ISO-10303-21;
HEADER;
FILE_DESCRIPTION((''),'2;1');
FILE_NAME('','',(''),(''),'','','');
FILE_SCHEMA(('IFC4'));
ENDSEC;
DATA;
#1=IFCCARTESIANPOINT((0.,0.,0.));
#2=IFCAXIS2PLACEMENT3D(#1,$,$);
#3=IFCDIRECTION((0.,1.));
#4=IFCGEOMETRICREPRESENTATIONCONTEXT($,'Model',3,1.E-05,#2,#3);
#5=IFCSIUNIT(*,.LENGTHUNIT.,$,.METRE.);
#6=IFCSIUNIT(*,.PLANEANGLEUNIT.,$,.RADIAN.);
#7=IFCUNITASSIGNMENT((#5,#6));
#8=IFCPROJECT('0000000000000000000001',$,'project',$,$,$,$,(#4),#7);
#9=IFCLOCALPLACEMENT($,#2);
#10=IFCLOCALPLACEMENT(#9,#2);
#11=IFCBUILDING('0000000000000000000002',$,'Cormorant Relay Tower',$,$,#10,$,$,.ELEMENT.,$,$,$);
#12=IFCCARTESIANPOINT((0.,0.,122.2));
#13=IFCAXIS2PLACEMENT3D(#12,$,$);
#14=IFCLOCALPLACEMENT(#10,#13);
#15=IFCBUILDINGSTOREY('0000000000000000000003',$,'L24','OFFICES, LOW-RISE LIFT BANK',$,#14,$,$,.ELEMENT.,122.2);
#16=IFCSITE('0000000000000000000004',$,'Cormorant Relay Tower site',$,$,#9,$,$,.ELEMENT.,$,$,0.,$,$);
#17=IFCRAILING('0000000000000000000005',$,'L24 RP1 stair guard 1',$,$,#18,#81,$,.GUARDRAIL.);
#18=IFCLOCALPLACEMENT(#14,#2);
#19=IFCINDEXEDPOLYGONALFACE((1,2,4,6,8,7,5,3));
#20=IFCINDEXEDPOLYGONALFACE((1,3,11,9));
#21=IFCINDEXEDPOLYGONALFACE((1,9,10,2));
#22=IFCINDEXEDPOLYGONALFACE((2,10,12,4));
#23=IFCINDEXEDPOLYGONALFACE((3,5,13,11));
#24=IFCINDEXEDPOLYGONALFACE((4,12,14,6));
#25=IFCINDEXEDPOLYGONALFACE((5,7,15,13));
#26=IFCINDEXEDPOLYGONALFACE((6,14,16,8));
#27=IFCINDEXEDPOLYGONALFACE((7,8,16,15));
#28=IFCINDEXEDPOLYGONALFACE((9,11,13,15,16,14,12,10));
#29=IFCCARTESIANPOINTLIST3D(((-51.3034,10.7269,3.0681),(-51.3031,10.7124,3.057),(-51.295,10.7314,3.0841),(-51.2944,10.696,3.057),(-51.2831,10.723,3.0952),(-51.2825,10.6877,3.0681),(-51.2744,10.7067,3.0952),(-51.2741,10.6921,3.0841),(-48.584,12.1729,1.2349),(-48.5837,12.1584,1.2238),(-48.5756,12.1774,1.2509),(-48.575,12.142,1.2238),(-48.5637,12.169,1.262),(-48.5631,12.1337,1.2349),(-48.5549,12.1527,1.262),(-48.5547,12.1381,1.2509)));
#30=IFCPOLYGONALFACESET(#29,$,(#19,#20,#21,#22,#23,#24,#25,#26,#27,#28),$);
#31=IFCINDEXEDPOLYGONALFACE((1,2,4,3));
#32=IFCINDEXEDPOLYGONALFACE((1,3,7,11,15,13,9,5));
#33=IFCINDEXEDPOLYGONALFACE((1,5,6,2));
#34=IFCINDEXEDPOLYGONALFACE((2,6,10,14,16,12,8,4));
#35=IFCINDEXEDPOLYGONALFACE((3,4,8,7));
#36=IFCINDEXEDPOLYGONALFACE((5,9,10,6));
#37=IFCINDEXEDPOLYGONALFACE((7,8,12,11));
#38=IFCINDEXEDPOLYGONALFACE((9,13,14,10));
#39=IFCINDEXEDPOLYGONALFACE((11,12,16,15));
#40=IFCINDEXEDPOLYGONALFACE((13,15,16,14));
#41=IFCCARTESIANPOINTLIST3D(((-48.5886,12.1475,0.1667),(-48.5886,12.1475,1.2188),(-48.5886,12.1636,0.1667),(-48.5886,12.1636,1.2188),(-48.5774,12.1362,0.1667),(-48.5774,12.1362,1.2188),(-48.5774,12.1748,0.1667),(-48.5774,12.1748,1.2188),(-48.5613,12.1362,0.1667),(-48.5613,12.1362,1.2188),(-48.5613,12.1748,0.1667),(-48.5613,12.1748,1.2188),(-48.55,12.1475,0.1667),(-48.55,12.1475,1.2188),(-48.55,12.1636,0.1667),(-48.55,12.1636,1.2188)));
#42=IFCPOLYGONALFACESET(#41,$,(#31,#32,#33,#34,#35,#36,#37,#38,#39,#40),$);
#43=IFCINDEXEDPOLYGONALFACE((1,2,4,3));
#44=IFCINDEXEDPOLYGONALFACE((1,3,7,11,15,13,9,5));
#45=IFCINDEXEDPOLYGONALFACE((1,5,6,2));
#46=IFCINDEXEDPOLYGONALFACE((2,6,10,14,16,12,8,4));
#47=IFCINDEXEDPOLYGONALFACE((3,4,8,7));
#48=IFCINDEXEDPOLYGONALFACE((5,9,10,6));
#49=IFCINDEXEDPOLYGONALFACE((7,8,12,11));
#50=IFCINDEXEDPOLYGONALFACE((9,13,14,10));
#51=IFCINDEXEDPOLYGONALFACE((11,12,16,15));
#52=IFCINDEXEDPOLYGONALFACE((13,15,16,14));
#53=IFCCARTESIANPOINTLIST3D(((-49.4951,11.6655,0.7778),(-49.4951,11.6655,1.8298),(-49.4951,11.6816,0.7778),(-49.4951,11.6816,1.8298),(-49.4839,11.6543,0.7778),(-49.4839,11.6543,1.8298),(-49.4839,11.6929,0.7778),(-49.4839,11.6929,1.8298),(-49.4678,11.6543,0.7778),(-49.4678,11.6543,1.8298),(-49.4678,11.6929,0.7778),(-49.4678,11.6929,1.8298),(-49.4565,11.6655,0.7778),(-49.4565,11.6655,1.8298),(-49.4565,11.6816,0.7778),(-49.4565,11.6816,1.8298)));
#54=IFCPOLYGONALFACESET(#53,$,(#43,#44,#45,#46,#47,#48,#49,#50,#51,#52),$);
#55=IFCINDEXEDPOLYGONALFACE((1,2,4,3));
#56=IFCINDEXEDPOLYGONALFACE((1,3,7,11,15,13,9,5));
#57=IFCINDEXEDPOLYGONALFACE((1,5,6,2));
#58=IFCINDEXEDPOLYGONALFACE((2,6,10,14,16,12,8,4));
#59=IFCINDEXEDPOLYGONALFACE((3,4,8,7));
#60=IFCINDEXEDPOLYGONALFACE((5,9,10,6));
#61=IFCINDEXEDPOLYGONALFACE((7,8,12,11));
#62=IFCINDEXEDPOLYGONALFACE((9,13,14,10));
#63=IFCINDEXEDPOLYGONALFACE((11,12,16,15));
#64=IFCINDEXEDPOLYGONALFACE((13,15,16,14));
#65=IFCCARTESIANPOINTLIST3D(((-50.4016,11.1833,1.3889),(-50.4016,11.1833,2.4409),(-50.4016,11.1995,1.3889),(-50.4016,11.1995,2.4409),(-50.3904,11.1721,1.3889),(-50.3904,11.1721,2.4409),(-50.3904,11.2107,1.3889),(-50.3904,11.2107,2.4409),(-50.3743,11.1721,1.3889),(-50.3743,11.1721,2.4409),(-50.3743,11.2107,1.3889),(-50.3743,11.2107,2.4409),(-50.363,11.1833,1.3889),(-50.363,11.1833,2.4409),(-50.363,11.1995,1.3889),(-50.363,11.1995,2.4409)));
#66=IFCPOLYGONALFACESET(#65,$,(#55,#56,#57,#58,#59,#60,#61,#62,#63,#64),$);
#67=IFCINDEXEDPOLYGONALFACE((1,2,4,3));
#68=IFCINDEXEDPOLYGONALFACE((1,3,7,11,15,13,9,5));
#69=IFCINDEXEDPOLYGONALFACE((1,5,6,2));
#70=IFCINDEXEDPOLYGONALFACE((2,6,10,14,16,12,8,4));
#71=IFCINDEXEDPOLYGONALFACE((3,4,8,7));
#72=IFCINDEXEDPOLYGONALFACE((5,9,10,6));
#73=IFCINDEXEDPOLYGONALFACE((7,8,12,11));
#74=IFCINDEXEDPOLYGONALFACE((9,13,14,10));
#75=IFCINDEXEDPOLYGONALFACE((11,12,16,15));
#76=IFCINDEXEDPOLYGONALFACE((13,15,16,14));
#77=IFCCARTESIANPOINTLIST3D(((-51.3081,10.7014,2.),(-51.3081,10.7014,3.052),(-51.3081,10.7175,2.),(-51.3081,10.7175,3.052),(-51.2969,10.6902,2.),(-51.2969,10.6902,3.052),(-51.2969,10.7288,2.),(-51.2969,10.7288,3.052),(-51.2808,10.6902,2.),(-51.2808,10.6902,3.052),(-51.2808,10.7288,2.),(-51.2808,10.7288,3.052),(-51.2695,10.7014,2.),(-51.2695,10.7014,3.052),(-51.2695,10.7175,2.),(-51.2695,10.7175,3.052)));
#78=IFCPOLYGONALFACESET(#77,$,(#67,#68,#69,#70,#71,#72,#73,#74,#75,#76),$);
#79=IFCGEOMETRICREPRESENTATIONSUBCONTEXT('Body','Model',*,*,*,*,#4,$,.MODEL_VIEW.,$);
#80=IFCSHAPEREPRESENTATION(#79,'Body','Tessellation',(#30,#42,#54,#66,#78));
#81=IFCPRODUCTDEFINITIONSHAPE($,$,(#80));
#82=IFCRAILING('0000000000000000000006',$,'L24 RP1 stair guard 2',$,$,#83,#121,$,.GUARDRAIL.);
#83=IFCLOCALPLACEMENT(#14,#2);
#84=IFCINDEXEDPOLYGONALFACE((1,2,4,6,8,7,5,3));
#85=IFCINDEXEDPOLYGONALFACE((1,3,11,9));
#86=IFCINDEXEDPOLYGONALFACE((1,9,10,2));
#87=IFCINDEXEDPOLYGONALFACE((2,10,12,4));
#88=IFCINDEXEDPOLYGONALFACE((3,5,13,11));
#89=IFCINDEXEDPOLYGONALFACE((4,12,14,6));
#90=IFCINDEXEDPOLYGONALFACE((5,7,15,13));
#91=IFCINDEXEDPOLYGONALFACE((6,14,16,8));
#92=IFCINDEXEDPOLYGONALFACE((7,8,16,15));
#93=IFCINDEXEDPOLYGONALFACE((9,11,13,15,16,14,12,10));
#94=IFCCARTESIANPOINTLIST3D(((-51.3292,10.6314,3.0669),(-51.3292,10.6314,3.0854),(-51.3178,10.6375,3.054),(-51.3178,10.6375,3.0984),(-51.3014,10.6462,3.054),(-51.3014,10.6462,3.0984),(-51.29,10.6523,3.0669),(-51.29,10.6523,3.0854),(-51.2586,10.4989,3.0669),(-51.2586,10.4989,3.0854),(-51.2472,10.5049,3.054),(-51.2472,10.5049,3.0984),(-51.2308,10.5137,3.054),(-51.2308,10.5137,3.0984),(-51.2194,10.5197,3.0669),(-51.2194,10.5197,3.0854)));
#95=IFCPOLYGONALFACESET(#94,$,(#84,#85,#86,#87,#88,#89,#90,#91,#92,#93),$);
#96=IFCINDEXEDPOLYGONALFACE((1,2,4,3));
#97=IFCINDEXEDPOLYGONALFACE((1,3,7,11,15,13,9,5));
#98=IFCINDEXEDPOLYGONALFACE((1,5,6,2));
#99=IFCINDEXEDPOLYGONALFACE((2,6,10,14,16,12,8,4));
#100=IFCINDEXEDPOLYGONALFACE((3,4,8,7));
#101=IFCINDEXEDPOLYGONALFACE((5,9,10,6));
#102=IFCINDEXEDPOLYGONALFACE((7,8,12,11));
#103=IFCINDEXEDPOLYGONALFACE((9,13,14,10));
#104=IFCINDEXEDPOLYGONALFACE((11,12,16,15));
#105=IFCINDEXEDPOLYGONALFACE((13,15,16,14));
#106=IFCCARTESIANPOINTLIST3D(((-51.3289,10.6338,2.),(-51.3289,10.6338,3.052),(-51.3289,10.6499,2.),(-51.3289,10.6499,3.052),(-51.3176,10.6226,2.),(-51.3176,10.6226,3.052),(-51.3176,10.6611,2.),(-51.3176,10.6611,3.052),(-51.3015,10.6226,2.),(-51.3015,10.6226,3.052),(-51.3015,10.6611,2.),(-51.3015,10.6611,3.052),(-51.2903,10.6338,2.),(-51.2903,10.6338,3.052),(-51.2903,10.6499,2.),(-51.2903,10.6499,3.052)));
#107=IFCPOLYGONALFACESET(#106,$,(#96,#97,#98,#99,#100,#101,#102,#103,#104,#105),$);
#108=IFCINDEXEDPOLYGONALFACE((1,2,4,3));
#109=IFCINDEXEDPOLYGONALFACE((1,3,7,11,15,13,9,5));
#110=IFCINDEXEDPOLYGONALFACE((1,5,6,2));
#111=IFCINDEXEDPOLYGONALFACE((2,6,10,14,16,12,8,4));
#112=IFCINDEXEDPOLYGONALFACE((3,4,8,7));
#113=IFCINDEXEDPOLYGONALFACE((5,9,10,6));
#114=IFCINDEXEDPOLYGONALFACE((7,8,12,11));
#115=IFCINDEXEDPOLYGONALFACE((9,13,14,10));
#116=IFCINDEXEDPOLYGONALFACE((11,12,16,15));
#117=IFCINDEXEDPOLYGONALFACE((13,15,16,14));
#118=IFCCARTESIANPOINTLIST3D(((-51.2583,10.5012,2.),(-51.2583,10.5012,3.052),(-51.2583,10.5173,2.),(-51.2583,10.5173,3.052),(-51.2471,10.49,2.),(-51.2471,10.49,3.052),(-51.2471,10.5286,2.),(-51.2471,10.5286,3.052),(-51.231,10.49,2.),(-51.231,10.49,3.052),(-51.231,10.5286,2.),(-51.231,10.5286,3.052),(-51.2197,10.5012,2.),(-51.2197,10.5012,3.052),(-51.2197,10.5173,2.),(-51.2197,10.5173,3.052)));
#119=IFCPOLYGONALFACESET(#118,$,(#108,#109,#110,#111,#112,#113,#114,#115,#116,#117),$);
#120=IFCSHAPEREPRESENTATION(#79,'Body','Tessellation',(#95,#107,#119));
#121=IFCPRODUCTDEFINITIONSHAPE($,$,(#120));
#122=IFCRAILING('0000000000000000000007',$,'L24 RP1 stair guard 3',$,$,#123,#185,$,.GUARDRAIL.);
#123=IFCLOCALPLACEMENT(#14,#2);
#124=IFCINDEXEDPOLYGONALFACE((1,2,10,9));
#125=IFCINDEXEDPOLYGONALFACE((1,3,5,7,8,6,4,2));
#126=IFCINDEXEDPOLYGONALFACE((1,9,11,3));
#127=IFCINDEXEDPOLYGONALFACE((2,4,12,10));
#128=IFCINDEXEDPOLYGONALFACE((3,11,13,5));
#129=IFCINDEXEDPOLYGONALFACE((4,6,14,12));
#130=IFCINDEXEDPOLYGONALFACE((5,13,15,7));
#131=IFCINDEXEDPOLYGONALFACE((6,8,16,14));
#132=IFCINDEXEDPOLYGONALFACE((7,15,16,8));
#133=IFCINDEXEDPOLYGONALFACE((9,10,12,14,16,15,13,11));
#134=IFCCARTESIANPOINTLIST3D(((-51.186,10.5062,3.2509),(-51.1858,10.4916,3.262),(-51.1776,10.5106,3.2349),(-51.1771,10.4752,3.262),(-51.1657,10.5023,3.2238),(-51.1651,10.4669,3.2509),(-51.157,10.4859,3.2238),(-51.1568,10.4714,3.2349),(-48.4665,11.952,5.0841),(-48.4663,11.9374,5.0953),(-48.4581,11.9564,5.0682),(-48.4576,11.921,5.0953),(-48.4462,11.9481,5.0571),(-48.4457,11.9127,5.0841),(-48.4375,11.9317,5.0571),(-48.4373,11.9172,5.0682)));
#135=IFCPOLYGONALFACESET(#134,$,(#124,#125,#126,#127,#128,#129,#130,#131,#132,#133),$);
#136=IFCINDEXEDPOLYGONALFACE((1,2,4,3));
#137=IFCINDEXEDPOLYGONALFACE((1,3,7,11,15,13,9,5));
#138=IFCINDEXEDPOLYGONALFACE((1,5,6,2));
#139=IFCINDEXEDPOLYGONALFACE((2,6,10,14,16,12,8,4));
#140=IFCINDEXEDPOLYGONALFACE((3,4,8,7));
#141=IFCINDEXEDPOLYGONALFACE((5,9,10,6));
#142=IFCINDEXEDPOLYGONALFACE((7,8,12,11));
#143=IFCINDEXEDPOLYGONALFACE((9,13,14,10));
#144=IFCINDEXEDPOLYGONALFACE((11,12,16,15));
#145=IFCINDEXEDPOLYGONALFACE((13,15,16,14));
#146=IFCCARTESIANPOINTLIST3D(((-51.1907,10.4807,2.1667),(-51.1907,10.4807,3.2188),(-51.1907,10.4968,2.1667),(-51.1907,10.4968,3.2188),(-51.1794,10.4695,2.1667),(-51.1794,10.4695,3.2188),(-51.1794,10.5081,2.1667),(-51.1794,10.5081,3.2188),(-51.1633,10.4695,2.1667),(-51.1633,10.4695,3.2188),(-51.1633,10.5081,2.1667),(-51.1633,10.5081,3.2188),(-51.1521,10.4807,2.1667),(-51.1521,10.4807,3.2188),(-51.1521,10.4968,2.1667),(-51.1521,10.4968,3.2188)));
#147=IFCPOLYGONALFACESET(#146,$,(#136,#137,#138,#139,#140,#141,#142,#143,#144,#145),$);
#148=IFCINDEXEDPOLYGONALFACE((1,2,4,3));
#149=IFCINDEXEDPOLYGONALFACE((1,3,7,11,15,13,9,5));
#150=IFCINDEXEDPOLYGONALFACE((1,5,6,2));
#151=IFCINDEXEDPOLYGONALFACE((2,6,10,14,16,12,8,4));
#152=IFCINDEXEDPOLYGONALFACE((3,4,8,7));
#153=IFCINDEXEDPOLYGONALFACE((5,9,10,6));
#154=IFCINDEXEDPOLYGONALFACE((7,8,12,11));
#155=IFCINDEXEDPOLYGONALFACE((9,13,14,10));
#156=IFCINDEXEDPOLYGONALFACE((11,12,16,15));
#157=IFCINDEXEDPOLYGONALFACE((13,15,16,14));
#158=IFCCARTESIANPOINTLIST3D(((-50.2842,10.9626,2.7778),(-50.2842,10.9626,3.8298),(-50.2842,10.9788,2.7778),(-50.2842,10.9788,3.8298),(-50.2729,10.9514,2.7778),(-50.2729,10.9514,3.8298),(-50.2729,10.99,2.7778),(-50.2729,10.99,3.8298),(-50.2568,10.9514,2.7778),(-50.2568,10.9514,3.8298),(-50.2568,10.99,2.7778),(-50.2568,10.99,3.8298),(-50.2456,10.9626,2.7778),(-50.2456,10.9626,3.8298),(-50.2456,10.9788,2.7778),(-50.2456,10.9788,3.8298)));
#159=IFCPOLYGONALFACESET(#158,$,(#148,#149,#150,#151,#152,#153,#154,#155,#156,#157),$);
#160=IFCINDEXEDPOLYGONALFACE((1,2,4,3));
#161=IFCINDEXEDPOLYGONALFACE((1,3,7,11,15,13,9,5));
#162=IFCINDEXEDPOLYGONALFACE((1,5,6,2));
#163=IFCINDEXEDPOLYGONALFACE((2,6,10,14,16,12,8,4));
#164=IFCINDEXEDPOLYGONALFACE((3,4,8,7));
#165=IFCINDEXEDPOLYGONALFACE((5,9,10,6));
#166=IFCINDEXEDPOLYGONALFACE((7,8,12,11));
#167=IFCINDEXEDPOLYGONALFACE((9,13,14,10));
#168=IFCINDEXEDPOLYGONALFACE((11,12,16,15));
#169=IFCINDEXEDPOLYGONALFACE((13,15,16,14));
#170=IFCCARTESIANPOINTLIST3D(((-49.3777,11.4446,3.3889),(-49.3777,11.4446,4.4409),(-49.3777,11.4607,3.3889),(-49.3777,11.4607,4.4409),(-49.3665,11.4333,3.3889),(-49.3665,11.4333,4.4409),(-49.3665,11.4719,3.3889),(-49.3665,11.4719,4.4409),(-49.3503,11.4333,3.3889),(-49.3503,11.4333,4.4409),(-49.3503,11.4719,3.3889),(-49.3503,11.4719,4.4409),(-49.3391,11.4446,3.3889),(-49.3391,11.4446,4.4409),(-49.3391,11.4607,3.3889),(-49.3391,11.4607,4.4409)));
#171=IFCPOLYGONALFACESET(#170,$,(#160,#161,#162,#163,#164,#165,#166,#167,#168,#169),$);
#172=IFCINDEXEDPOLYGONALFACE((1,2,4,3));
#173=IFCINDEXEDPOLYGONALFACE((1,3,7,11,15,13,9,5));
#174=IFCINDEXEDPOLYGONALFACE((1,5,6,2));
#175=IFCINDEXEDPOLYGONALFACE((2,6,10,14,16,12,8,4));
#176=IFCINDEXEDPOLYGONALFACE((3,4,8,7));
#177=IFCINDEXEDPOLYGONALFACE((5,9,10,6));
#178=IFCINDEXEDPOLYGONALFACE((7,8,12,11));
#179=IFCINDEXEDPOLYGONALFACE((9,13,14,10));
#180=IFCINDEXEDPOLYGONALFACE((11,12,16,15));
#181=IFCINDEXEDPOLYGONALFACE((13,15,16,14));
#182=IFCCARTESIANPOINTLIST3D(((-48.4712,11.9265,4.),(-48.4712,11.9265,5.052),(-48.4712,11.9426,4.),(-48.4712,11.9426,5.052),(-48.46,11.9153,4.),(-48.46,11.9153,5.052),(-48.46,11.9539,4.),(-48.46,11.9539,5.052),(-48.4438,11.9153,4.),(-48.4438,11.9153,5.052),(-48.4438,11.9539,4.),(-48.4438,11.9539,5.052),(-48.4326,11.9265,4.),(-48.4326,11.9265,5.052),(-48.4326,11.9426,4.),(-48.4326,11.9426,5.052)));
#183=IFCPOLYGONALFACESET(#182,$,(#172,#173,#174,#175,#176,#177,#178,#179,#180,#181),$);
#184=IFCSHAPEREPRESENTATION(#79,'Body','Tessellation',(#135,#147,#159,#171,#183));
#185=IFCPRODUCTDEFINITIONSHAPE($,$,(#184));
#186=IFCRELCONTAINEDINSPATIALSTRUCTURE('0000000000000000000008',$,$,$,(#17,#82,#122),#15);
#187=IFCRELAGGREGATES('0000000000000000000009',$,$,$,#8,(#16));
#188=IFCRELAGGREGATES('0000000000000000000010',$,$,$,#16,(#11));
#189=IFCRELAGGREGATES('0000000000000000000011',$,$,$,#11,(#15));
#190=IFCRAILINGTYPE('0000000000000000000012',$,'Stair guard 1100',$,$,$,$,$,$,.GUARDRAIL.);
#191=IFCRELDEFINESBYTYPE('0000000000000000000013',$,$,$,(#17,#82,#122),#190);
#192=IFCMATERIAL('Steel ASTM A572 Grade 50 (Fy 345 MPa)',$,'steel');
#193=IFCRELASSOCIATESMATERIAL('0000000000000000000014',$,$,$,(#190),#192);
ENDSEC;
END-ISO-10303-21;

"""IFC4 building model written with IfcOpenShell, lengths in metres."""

from ifc_helpers import new_model, si_unit, direction, frame, origin, place, context, subcontext, project, spatial, polyline, outline, extrude, material, type_object, element, save


model = new_model("IFC4")

# Units and contexts
model_context = context("Model", 3, precision=1e-05, world=origin(), true_north=direction((0.0, 1.0)))
body_context = subcontext(model_context, "Body", "Model", "MODEL_VIEW")
ifc_project = project(units=[si_unit("LENGTHUNIT", "METRE"), si_unit("PLANEANGLEUNIT", "RADIAN")], contexts=[model_context])

# Site, building, storey
site_placement = place(None, origin())
site = spatial("IfcSite", under=ifc_project, at=site_placement, Name="Cormorant Relay Tower site", CompositionType="ELEMENT", RefElevation=0.0)
building_placement = place(site_placement, origin())
building = spatial("IfcBuilding", under=site, at=building_placement, Name="Cormorant Relay Tower", CompositionType="ELEMENT")
storey_placement = place(building_placement, frame((0.0, 0.0, 122.2)))
storey = spatial("IfcBuildingStorey", under=building, at=storey_placement, Name="L24", Description="OFFICES, LOW-RISE LIFT BANK", CompositionType="ELEMENT", Elevation=122.2)

# Railings
ifc_material_1 = material(Name="Steel ASTM A572 Grade 50 (Fy 345 MPa)", Category="steel")
railing_type_1 = type_object("IfcRailingType", Name="Stair guard 1100", PredefinedType="GUARDRAIL", material=ifc_material_1)
railing_1_placement = place(storey_placement, frame((-48.5693, 12.1555, 0.1667)))
element("IfcRailing", 1, at=railing_1_placement, inside=storey, type_object=railing_type_1, Name="L24 RP1 stair guard 1", PredefinedType="GUARDRAIL", context=body_context, shape_type="SweptSolid", body=[
    extrude(outline(polyline([(0.0222, 0.0093), (0.0093, 0.0222), (-0.0093, 0.0222), (-0.0222, 0.0093), (-0.0222, -0.0093), (-0.0093, -0.0222), (0.0093, -0.0222), (0.0222, -0.0093), (0.0222, 0.0093)])), frame((0.0, 0.0, 1.0762), z_axis=(-0.758714, -0.403435, 0.511463), x_axis=(0.469489, -0.882938, 0.0)), (0.0, 0.0, 1.0), 3.5842),
    extrude(outline(polyline([(0.0193, 0.0081), (0.0081, 0.0193), (-0.0081, 0.0193), (-0.0193, 0.0081), (-0.0193, -0.0081), (-0.0081, -0.0193), (0.0081, -0.0193), (0.0193, -0.0081), (0.0193, 0.0081)])), origin(), (0.0, 0.0, 1.0), 1.052),
    extrude(outline(polyline([(0.0193, 0.0081), (0.0081, 0.0193), (-0.0081, 0.0193), (-0.0193, 0.0081), (-0.0193, -0.0081), (-0.0081, -0.0193), (0.0081, -0.0193), (0.0193, -0.0081), (0.0193, 0.0081)])), frame((-0.9065, -0.4819, 0.6111)), (0.0, 0.0, 1.0), 1.052),
    extrude(outline(polyline([(0.0193, 0.0081), (0.0081, 0.0193), (-0.0081, 0.0193), (-0.0193, 0.0081), (-0.0193, -0.0081), (-0.0081, -0.0193), (0.0081, -0.0193), (0.0193, -0.0081), (0.0193, 0.0081)])), frame((-1.813, -0.9641, 1.2222)), (0.0, 0.0, 1.0), 1.052),
    extrude(outline(polyline([(0.0193, 0.0081), (0.0081, 0.0193), (-0.0081, 0.0193), (-0.0193, 0.0081), (-0.0193, -0.0081), (-0.0081, -0.0193), (0.0081, -0.0193), (0.0193, -0.0081), (0.0193, 0.0081)])), frame((-2.7195, -1.446, 1.8333)), (0.0, 0.0, 1.0), 1.052),
])
railing_2_placement = place(storey_placement, frame((-51.3096, 10.6418, 2.0)))
element("IfcRailing", 2, at=railing_2_placement, inside=storey, type_object=railing_type_1, Name="L24 RP1 stair guard 2", PredefinedType="GUARDRAIL", context=body_context, shape_type="SweptSolid", body=[
    extrude(outline(polyline([(0.0222, 0.0093), (0.0093, 0.0222), (-0.0093, 0.0222), (-0.0222, 0.0093), (-0.0222, -0.0093), (-0.0093, -0.0222), (0.0093, -0.0222), (0.0222, -0.0093), (0.0222, 0.0093)])), frame((0.0, 0.0, 1.0762), z_axis=(0.469829, -0.882758, 0.0), x_axis=(0.882758, 0.469829, 0.0)), (0.0, 0.0, 1.0), 0.1501),
    extrude(outline(polyline([(0.0193, 0.0081), (0.0081, 0.0193), (-0.0081, 0.0193), (-0.0193, 0.0081), (-0.0193, -0.0081), (-0.0081, -0.0193), (0.0081, -0.0193), (0.0193, -0.0081), (0.0193, 0.0081)])), origin(), (0.0, 0.0, 1.0), 1.052),
    extrude(outline(polyline([(0.0193, 0.0081), (0.0081, 0.0193), (-0.0081, 0.0193), (-0.0193, 0.0081), (-0.0193, -0.0081), (-0.0081, -0.0193), (0.0081, -0.0193), (0.0193, -0.0081), (0.0193, 0.0081)])), frame((0.0706, -0.1326, 0.0)), (0.0, 0.0, 1.0), 1.052),
])
railing_3_placement = place(storey_placement, frame((-51.1714, 10.4888, 2.1667)))
element("IfcRailing", 3, at=railing_3_placement, inside=storey, type_object=railing_type_1, Name="L24 RP1 stair guard 3", PredefinedType="GUARDRAIL", context=body_context, shape_type="SweptSolid", body=[
    extrude(outline(polyline([(0.0222, 0.0093), (0.0093, 0.0222), (-0.0093, 0.0222), (-0.0222, 0.0093), (-0.0222, -0.0093), (-0.0093, -0.0222), (0.0093, -0.0222), (0.0222, -0.0093), (0.0222, 0.0093)])), frame((0.0, 0.0, 1.0762), z_axis=(0.758735, 0.403378, 0.511477), x_axis=(-0.469428, 0.882971, 0.0)), (0.0, 0.0, 1.0), 3.5842),
    extrude(outline(polyline([(0.0193, 0.0081), (0.0081, 0.0193), (-0.0081, 0.0193), (-0.0193, 0.0081), (-0.0193, -0.0081), (-0.0081, -0.0193), (0.0081, -0.0193), (0.0193, -0.0081), (0.0193, 0.0081)])), origin(), (0.0, 0.0, 1.0), 1.052),
    extrude(outline(polyline([(0.0193, 0.0081), (0.0081, 0.0193), (-0.0081, 0.0193), (-0.0193, 0.0081), (-0.0193, -0.0081), (-0.0081, -0.0193), (0.0081, -0.0193), (0.0193, -0.0081), (0.0193, 0.0081)])), frame((0.9065, 0.4819, 0.6111)), (0.0, 0.0, 1.0), 1.052),
    extrude(outline(polyline([(0.0193, 0.0081), (0.0081, 0.0193), (-0.0081, 0.0193), (-0.0193, 0.0081), (-0.0193, -0.0081), (-0.0081, -0.0193), (0.0081, -0.0193), (0.0193, -0.0081), (0.0193, 0.0081)])), frame((1.813, 0.9639, 1.2222)), (0.0, 0.0, 1.0), 1.052),
    extrude(outline(polyline([(0.0193, 0.0081), (0.0081, 0.0193), (-0.0081, 0.0193), (-0.0193, 0.0081), (-0.0193, -0.0081), (-0.0081, -0.0193), (0.0081, -0.0193), (0.0193, -0.0081), (0.0193, 0.0081)])), frame((2.7195, 1.4458, 1.8333)), (0.0, 0.0, 1.0), 1.052),
])

save(model, "model.ifc")
